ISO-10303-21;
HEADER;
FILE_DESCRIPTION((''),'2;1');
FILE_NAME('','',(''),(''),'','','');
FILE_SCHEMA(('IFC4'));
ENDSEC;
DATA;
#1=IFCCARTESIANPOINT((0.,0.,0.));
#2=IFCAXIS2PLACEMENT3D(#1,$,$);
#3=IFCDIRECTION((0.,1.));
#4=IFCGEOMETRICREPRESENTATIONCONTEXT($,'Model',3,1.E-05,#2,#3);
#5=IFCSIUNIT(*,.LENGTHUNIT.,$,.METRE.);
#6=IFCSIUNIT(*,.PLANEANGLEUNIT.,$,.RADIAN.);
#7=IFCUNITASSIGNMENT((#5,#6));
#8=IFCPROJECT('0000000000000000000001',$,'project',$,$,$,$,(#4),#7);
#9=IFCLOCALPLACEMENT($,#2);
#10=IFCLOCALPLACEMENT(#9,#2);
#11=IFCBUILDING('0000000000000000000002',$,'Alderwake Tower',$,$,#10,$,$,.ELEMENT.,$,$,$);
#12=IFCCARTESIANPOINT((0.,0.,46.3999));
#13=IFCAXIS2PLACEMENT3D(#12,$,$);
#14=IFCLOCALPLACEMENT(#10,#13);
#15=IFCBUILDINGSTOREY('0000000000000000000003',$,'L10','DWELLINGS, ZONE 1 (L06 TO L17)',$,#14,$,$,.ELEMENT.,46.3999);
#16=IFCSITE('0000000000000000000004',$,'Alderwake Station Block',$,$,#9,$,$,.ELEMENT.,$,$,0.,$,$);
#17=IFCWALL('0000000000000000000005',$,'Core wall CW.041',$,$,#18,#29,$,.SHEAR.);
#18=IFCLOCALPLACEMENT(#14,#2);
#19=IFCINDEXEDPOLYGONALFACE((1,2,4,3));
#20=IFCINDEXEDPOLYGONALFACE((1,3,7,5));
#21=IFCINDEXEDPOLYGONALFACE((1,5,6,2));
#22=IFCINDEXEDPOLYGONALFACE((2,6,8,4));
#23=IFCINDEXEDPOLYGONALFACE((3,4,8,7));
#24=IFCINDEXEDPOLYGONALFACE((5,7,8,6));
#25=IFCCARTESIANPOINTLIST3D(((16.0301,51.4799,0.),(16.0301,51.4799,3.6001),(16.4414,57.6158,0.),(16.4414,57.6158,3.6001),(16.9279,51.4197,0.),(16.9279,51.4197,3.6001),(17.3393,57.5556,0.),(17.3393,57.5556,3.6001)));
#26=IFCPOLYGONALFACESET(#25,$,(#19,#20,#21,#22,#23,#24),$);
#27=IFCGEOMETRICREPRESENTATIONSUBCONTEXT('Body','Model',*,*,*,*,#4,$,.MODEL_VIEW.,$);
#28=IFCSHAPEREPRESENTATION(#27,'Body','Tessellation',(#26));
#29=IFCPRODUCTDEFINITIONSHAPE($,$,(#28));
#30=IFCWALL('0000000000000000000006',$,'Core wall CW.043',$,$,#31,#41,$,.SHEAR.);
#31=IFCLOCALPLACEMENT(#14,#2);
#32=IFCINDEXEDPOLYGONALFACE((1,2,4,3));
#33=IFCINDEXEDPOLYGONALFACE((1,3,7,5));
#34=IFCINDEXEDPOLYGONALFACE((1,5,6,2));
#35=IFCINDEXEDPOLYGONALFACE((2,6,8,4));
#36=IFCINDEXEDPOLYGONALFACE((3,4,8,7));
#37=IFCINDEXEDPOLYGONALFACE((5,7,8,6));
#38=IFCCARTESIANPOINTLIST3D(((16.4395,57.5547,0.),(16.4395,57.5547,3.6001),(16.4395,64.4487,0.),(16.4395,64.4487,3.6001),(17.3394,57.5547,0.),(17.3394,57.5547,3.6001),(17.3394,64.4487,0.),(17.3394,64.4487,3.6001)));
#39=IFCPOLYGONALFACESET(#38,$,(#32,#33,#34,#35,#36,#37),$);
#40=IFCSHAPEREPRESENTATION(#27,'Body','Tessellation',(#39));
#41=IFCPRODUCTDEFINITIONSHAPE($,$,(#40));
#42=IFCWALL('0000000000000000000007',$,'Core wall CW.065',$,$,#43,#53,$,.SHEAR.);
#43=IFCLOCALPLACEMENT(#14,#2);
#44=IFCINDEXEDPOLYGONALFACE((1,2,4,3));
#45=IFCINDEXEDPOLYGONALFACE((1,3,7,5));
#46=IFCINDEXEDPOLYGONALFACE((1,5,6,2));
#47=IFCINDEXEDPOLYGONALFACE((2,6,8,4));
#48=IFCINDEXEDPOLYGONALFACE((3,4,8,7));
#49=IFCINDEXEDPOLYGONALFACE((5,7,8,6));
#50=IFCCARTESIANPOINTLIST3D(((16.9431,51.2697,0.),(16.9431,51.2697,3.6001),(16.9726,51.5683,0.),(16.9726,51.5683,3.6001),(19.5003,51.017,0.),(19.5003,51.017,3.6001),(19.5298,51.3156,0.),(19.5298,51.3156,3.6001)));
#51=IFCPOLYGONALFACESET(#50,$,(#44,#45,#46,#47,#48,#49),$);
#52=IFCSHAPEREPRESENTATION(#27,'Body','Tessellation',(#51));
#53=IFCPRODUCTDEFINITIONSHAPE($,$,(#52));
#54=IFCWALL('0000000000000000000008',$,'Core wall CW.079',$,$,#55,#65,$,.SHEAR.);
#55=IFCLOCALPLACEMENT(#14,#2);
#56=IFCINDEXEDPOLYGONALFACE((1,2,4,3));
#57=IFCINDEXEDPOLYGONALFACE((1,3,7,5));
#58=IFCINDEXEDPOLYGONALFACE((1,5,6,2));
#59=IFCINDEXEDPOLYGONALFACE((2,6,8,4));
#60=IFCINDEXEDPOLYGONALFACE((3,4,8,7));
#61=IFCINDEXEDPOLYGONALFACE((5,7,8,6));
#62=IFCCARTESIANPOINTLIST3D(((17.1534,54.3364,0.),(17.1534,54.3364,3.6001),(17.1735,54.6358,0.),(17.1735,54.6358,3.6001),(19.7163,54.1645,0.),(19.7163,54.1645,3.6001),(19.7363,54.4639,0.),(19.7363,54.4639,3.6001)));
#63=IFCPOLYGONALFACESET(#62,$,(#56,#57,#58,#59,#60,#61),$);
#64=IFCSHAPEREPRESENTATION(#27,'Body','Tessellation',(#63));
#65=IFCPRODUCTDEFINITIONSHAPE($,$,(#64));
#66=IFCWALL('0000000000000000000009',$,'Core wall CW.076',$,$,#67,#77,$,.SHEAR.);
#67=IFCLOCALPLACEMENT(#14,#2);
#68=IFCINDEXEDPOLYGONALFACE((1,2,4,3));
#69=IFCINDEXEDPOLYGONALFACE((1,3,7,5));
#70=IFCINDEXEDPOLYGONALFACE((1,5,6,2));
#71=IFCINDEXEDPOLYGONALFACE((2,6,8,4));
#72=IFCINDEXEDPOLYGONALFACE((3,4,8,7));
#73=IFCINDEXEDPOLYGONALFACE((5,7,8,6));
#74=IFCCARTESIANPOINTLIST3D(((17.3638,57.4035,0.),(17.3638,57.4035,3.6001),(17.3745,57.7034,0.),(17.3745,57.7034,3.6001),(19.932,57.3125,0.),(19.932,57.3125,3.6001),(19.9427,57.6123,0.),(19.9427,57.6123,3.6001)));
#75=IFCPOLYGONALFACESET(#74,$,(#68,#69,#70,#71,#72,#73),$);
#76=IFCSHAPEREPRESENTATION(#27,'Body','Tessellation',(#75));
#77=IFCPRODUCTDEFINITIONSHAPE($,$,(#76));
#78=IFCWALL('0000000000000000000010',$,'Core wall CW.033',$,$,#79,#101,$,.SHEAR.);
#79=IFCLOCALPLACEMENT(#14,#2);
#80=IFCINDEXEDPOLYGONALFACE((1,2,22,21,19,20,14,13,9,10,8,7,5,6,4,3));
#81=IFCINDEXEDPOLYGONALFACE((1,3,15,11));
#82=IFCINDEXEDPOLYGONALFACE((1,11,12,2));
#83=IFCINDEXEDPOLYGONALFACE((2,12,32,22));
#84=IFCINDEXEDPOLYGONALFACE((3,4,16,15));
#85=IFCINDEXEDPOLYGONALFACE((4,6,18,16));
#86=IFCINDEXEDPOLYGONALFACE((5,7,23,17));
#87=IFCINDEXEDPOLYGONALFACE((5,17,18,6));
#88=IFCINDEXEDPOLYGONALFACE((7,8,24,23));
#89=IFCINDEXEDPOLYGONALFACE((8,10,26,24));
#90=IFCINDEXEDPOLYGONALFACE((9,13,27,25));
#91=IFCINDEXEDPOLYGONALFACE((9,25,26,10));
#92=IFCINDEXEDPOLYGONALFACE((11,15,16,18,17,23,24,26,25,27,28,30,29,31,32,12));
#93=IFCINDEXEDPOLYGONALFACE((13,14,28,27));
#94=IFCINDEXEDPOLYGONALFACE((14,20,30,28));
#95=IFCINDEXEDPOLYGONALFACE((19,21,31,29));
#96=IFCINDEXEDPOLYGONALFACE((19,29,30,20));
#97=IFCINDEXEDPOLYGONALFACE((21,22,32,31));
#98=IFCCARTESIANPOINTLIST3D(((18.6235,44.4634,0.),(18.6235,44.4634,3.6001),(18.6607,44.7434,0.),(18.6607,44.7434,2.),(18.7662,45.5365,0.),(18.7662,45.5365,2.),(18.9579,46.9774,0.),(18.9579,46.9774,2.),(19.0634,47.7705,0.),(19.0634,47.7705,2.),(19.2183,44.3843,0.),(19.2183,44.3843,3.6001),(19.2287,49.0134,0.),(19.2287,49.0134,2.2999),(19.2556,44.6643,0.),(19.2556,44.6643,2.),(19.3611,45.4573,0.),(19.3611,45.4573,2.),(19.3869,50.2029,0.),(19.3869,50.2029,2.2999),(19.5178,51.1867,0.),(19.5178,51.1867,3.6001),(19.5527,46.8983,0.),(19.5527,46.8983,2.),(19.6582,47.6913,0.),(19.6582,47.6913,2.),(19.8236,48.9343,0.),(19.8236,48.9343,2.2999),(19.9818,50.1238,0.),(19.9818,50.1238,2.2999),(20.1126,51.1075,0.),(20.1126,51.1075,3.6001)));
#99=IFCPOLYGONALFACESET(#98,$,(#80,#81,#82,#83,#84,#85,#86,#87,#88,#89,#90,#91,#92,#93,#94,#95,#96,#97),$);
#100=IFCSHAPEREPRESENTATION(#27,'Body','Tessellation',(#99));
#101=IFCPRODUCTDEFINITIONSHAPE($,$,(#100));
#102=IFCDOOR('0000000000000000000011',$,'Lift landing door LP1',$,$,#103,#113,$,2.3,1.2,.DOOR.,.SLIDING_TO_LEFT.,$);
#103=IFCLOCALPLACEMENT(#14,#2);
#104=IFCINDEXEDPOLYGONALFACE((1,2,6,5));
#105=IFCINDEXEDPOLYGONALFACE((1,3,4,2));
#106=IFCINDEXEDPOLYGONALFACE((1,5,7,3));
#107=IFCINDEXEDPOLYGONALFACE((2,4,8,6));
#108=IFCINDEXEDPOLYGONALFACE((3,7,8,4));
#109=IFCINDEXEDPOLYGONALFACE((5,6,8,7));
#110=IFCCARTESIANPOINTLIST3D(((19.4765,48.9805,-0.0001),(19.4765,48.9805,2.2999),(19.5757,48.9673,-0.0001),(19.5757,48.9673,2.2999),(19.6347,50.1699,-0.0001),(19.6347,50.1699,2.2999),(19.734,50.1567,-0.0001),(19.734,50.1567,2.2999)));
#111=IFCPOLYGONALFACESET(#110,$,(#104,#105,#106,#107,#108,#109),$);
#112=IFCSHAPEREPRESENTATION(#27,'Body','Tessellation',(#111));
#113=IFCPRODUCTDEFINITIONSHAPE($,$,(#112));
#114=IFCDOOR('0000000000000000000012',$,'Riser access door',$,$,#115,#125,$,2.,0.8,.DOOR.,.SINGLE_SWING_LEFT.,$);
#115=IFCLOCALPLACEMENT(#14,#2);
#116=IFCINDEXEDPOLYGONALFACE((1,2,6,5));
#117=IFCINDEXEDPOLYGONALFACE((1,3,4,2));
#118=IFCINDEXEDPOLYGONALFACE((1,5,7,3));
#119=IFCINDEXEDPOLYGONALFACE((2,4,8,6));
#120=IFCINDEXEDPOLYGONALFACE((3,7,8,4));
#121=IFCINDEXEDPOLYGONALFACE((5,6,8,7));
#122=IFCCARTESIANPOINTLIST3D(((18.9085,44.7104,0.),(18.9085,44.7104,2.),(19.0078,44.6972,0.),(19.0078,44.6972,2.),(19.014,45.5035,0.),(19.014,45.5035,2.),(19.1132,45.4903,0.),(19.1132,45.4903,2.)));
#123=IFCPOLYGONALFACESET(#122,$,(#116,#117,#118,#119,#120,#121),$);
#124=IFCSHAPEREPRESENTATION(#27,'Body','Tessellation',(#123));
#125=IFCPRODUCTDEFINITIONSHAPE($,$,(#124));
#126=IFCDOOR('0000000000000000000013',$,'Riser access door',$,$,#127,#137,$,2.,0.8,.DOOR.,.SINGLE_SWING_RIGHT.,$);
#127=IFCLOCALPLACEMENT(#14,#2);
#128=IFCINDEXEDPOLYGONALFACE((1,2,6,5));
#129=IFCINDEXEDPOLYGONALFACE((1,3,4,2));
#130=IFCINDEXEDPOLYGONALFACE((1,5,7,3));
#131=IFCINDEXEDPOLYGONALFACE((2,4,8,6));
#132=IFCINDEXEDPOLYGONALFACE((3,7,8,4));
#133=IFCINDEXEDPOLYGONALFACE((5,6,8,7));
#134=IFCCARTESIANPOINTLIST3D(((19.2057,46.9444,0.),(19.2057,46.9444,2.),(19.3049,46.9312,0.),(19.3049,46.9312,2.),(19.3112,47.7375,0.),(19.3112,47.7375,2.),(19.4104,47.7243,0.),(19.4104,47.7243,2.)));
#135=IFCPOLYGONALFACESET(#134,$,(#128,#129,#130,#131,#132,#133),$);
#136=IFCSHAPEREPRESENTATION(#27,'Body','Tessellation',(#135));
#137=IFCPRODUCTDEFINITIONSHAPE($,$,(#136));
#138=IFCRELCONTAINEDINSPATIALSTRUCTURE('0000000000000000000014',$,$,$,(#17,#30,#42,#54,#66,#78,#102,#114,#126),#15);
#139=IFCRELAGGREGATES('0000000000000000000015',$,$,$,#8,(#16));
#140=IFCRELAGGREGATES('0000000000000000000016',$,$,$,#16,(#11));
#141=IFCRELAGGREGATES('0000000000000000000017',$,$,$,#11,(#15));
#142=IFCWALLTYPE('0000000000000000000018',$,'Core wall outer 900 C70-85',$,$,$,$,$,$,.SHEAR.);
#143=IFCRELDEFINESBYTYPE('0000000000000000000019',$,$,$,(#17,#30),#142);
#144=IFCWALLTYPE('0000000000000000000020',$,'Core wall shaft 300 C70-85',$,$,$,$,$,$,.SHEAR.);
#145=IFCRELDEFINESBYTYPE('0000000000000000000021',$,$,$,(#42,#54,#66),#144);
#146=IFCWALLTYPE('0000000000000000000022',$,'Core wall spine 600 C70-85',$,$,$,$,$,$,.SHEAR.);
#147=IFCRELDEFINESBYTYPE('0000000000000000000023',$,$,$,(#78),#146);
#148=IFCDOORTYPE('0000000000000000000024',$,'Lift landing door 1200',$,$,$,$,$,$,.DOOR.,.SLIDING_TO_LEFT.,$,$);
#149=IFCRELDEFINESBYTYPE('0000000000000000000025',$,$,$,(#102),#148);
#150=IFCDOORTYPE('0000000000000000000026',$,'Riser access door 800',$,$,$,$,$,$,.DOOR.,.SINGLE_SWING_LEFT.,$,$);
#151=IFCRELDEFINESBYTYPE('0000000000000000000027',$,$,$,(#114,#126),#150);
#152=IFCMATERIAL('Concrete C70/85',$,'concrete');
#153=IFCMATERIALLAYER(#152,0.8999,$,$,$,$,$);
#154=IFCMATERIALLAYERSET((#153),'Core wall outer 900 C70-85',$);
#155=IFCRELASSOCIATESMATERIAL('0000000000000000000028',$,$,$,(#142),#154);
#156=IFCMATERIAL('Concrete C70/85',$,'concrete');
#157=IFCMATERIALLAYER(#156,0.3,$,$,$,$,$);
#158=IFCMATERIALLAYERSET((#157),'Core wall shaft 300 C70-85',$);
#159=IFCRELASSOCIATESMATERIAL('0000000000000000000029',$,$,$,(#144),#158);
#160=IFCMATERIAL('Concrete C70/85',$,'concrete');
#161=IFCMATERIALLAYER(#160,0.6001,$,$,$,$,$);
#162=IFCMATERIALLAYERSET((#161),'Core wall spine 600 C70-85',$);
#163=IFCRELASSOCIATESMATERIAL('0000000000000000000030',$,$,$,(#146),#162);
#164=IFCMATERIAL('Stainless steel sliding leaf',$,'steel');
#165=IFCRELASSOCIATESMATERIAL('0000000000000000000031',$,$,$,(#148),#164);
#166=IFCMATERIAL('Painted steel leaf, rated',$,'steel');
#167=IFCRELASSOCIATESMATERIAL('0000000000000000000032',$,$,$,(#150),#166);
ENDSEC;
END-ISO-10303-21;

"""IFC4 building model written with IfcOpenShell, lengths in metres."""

from ifc_helpers import new_model, si_unit, direction, frame, frame_2d, origin, place, context, subcontext, project, spatial, rectangle, extrude, material, layer, layer_set, type_object, element, fill, save


model = new_model("IFC4")

# Units and contexts
model_context = context("Model", 3, precision=1e-05, world=origin(), true_north=direction((0.0, 1.0)))
body_context = subcontext(model_context, "Body", "Model", "MODEL_VIEW")
ifc_project = project(units=[si_unit("LENGTHUNIT", "METRE"), si_unit("PLANEANGLEUNIT", "RADIAN")], contexts=[model_context])

# Site, building, storey
site_placement = place(None, origin())
site = spatial("IfcSite", under=ifc_project, at=site_placement, Name="Alderwake Station Block", CompositionType="ELEMENT", RefElevation=0.0)
building_placement = place(site_placement, origin())
building = spatial("IfcBuilding", under=site, at=building_placement, Name="Alderwake Tower", CompositionType="ELEMENT")
storey_placement = place(building_placement, frame((0.0, 0.0, 46.3999)))
storey = spatial("IfcBuildingStorey", under=building, at=storey_placement, Name="L10", Description="DWELLINGS, ZONE 1 (L06 TO L17)", CompositionType="ELEMENT", Elevation=46.3999)

# Walls
ifc_material_1 = material(Name="Concrete C70/85", Category="concrete")
ifc_layer_1 = layer(ifc_material_1, 0.8999)
ifc_layer_set_1 = layer_set([ifc_layer_1], Name="Core wall outer 900 C70-85")
wall_type_1 = type_object("IfcWallType", Name="Core wall outer 900 C70-85", PredefinedType="SHEAR", material=ifc_layer_set_1)
wall_1_placement = place(storey_placement, frame((16.479, 51.45, 0.0), z_axis=(0.0, 0.0, 1.0), x_axis=(0.066893, 0.99776, 0.0)))
element("IfcWall", 1, at=wall_1_placement, inside=storey, type_object=wall_type_1, Name="Core wall CW.041", PredefinedType="SHEAR", context=body_context, shape_type="SweptSolid", body=[
    extrude(rectangle(XDim=6.1497, YDim=0.8999, at=frame_2d((3.0747, 0.0))), origin(), (0.0, 0.0, 1.0), 3.6001),
])
wall_2_placement = place(storey_placement, frame((16.8894, 57.5547, 0.0), z_axis=(0.0, 0.0, 1.0), x_axis=(0.0, 1.0, 0.0)))
element("IfcWall", 2, at=wall_2_placement, inside=storey, type_object=wall_type_1, Name="Core wall CW.043", PredefinedType="SHEAR", context=body_context, shape_type="SweptSolid", body=[
    extrude(rectangle(XDim=6.894, YDim=0.8999, at=frame_2d((3.447, 0.0))), origin(), (0.0, 0.0, 1.0), 3.6001),
])
ifc_material_2 = material(Name="Concrete C70/85", Category="concrete")
ifc_layer_2 = layer(ifc_material_2, 0.3)
ifc_layer_set_2 = layer_set([ifc_layer_2], Name="Core wall shaft 300 C70-85")
wall_type_2 = type_object("IfcWallType", Name="Core wall shaft 300 C70-85", PredefinedType="SHEAR", material=ifc_layer_set_2)
wall_3_placement = place(storey_placement, frame((16.958, 51.4189, 0.0), z_axis=(0.0, 0.0, 1.0), x_axis=(0.995153, -0.098337, 0.0)))
element("IfcWall", 3, at=wall_3_placement, inside=storey, type_object=wall_type_2, Name="Core wall CW.065", PredefinedType="SHEAR", context=body_context, shape_type="SweptSolid", body=[
    extrude(rectangle(XDim=2.5696, YDim=0.3, at=frame_2d((1.2847, 0.0))), origin(), (0.0, 0.0, 1.0), 3.6001),
])
wall_4_placement = place(storey_placement, frame((17.1636, 54.4861, 0.0), z_axis=(0.0, 0.0, 1.0), x_axis=(0.997759, -0.066916, 0.0)))
element("IfcWall", 4, at=wall_4_placement, inside=storey, type_object=wall_type_2, Name="Core wall CW.079", PredefinedType="SHEAR", context=body_context, shape_type="SweptSolid", body=[
    extrude(rectangle(XDim=2.5686, YDim=0.3, at=frame_2d((1.2842, 0.0))), origin(), (0.0, 0.0, 1.0), 3.6001),
])
wall_5_placement = place(storey_placement, frame((17.3691, 57.5535, 0.0), z_axis=(0.0, 0.0, 1.0), x_axis=(0.999372, -0.035437, 0.0)))
element("IfcWall", 5, at=wall_5_placement, inside=storey, type_object=wall_type_2, Name="Core wall CW.076", PredefinedType="SHEAR", context=body_context, shape_type="SweptSolid", body=[
    extrude(rectangle(XDim=2.5698, YDim=0.3, at=frame_2d((1.2849, 0.0))), origin(), (0.0, 0.0, 1.0), 3.6001),
])

# Wall, openings, doors
ifc_material_3 = material(Name="Concrete C70/85", Category="concrete")
ifc_layer_3 = layer(ifc_material_3, 0.6001)
ifc_layer_set_3 = layer_set([ifc_layer_3], Name="Core wall spine 600 C70-85")
wall_type_3 = type_object("IfcWallType", Name="Core wall spine 600 C70-85", PredefinedType="SHEAR", material=ifc_layer_set_3)
wall_6_placement = place(storey_placement, frame((19.8152, 51.147, 0.0), z_axis=(0.0, 0.0, 1.0), x_axis=(-0.131855, -0.991269, 0.0)))
wall_6 = element("IfcWall", 6, at=wall_6_placement, inside=storey, type_object=wall_type_3, Name="Core wall CW.033", PredefinedType="SHEAR", context=body_context, shape_type="SweptSolid", body=[
    extrude(rectangle(XDim=6.7825, YDim=0.6001, at=frame_2d((3.3911, 0.0))), origin(), (0.0, 0.0, 1.0), 3.6001),
])
opening_1_placement = place(wall_6_placement, frame((0.9922, 0.0, 0.0)))
opening_1 = element("IfcOpeningElement", 7, at=opening_1_placement, cuts=wall_6, PredefinedType="OPENING", context=body_context, shape_type="SweptSolid", body=[
    extrude(rectangle(XDim=1.2, YDim=2.3, at=frame_2d((0.6001, 1.1499))), frame((0.0, 0.3101, 0.0), z_axis=(0.0, -1.0, 0.0), x_axis=(1.0, 0.0, 0.0)), (0.0, 0.0, 1.0), 0.6201),
])
opening_2_placement = place(wall_6_placement, frame((5.7, 0.0, 0.0)))
opening_2 = element("IfcOpeningElement", 8, at=opening_2_placement, cuts=wall_6, PredefinedType="OPENING", context=body_context, shape_type="SweptSolid", body=[
    extrude(rectangle(XDim=0.8, YDim=2.0, at=frame_2d((0.3999, 1.0))), frame((0.0, 0.3101, 0.0), z_axis=(0.0, -1.0, 0.0), x_axis=(1.0, 0.0, 0.0)), (0.0, 0.0, 1.0), 0.6201),
])
opening_3_placement = place(wall_6_placement, frame((3.4463, 0.0, 0.0)))
opening_3 = element("IfcOpeningElement", 9, at=opening_3_placement, cuts=wall_6, PredefinedType="OPENING", context=body_context, shape_type="SweptSolid", body=[
    extrude(rectangle(XDim=0.8, YDim=2.0, at=frame_2d((0.3999, 1.0))), frame((0.0, 0.3101, 0.0), z_axis=(0.0, -1.0, 0.0), x_axis=(1.0, 0.0, 0.0)), (0.0, 0.0, 1.0), 0.6201),
])
ifc_material_4 = material(Name="Stainless steel sliding leaf", Category="steel")
door_type_1 = type_object("IfcDoorType", Name="Lift landing door 1200", OperationType="SLIDING_TO_LEFT", PredefinedType="DOOR", material=ifc_material_4)
door_1_placement = place(opening_1_placement, origin())
door_1 = element("IfcDoor", 10, at=door_1_placement, inside=storey, type_object=door_type_1, Name="Lift landing door LP1", OperationType="SLIDING_TO_LEFT", OverallHeight=2.3, OverallWidth=1.2, PredefinedType="DOOR", context=body_context, shape_type="SweptSolid", body=[
    extrude(rectangle(XDim=1.2, YDim=2.3, at=frame_2d((0.6001, 1.1499))), frame((0.0, 0.05, 0.0), z_axis=(0.0, -1.0, 0.0), x_axis=(1.0, 0.0, 0.0)), (0.0, 0.0, 1.0), 0.1001),
])
fill(opening_1, door_1)
ifc_material_5 = material(Name="Painted steel leaf, rated", Category="steel")
door_type_2 = type_object("IfcDoorType", Name="Riser access door 800", OperationType="SINGLE_SWING_LEFT", PredefinedType="DOOR", material=ifc_material_5)
door_2_placement = place(opening_2_placement, origin())
door_2 = element("IfcDoor", 11, at=door_2_placement, inside=storey, type_object=door_type_2, Name="Riser access door", OperationType="SINGLE_SWING_LEFT", OverallHeight=2.0, OverallWidth=0.8, PredefinedType="DOOR", context=body_context, shape_type="SweptSolid", body=[
    extrude(rectangle(XDim=0.8, YDim=2.0, at=frame_2d((0.3999, 1.0))), frame((0.0, 0.05, 0.0), z_axis=(0.0, -1.0, 0.0), x_axis=(1.0, 0.0, 0.0)), (0.0, 0.0, 1.0), 0.1001),
])
fill(opening_2, door_2)
door_3_placement = place(opening_3_placement, origin())
door_3 = element("IfcDoor", 12, at=door_3_placement, inside=storey, type_object=door_type_2, Name="Riser access door", OperationType="SINGLE_SWING_RIGHT", OverallHeight=2.0, OverallWidth=0.8, PredefinedType="DOOR", context=body_context, shape_type="SweptSolid", body=[
    extrude(rectangle(XDim=0.8, YDim=2.0, at=frame_2d((0.3999, 1.0))), frame((0.0, 0.05, 0.0), z_axis=(0.0, -1.0, 0.0), x_axis=(1.0, 0.0, 0.0)), (0.0, 0.0, 1.0), 0.1001),
])
fill(opening_3, door_3)

save(model, "model.ifc")
